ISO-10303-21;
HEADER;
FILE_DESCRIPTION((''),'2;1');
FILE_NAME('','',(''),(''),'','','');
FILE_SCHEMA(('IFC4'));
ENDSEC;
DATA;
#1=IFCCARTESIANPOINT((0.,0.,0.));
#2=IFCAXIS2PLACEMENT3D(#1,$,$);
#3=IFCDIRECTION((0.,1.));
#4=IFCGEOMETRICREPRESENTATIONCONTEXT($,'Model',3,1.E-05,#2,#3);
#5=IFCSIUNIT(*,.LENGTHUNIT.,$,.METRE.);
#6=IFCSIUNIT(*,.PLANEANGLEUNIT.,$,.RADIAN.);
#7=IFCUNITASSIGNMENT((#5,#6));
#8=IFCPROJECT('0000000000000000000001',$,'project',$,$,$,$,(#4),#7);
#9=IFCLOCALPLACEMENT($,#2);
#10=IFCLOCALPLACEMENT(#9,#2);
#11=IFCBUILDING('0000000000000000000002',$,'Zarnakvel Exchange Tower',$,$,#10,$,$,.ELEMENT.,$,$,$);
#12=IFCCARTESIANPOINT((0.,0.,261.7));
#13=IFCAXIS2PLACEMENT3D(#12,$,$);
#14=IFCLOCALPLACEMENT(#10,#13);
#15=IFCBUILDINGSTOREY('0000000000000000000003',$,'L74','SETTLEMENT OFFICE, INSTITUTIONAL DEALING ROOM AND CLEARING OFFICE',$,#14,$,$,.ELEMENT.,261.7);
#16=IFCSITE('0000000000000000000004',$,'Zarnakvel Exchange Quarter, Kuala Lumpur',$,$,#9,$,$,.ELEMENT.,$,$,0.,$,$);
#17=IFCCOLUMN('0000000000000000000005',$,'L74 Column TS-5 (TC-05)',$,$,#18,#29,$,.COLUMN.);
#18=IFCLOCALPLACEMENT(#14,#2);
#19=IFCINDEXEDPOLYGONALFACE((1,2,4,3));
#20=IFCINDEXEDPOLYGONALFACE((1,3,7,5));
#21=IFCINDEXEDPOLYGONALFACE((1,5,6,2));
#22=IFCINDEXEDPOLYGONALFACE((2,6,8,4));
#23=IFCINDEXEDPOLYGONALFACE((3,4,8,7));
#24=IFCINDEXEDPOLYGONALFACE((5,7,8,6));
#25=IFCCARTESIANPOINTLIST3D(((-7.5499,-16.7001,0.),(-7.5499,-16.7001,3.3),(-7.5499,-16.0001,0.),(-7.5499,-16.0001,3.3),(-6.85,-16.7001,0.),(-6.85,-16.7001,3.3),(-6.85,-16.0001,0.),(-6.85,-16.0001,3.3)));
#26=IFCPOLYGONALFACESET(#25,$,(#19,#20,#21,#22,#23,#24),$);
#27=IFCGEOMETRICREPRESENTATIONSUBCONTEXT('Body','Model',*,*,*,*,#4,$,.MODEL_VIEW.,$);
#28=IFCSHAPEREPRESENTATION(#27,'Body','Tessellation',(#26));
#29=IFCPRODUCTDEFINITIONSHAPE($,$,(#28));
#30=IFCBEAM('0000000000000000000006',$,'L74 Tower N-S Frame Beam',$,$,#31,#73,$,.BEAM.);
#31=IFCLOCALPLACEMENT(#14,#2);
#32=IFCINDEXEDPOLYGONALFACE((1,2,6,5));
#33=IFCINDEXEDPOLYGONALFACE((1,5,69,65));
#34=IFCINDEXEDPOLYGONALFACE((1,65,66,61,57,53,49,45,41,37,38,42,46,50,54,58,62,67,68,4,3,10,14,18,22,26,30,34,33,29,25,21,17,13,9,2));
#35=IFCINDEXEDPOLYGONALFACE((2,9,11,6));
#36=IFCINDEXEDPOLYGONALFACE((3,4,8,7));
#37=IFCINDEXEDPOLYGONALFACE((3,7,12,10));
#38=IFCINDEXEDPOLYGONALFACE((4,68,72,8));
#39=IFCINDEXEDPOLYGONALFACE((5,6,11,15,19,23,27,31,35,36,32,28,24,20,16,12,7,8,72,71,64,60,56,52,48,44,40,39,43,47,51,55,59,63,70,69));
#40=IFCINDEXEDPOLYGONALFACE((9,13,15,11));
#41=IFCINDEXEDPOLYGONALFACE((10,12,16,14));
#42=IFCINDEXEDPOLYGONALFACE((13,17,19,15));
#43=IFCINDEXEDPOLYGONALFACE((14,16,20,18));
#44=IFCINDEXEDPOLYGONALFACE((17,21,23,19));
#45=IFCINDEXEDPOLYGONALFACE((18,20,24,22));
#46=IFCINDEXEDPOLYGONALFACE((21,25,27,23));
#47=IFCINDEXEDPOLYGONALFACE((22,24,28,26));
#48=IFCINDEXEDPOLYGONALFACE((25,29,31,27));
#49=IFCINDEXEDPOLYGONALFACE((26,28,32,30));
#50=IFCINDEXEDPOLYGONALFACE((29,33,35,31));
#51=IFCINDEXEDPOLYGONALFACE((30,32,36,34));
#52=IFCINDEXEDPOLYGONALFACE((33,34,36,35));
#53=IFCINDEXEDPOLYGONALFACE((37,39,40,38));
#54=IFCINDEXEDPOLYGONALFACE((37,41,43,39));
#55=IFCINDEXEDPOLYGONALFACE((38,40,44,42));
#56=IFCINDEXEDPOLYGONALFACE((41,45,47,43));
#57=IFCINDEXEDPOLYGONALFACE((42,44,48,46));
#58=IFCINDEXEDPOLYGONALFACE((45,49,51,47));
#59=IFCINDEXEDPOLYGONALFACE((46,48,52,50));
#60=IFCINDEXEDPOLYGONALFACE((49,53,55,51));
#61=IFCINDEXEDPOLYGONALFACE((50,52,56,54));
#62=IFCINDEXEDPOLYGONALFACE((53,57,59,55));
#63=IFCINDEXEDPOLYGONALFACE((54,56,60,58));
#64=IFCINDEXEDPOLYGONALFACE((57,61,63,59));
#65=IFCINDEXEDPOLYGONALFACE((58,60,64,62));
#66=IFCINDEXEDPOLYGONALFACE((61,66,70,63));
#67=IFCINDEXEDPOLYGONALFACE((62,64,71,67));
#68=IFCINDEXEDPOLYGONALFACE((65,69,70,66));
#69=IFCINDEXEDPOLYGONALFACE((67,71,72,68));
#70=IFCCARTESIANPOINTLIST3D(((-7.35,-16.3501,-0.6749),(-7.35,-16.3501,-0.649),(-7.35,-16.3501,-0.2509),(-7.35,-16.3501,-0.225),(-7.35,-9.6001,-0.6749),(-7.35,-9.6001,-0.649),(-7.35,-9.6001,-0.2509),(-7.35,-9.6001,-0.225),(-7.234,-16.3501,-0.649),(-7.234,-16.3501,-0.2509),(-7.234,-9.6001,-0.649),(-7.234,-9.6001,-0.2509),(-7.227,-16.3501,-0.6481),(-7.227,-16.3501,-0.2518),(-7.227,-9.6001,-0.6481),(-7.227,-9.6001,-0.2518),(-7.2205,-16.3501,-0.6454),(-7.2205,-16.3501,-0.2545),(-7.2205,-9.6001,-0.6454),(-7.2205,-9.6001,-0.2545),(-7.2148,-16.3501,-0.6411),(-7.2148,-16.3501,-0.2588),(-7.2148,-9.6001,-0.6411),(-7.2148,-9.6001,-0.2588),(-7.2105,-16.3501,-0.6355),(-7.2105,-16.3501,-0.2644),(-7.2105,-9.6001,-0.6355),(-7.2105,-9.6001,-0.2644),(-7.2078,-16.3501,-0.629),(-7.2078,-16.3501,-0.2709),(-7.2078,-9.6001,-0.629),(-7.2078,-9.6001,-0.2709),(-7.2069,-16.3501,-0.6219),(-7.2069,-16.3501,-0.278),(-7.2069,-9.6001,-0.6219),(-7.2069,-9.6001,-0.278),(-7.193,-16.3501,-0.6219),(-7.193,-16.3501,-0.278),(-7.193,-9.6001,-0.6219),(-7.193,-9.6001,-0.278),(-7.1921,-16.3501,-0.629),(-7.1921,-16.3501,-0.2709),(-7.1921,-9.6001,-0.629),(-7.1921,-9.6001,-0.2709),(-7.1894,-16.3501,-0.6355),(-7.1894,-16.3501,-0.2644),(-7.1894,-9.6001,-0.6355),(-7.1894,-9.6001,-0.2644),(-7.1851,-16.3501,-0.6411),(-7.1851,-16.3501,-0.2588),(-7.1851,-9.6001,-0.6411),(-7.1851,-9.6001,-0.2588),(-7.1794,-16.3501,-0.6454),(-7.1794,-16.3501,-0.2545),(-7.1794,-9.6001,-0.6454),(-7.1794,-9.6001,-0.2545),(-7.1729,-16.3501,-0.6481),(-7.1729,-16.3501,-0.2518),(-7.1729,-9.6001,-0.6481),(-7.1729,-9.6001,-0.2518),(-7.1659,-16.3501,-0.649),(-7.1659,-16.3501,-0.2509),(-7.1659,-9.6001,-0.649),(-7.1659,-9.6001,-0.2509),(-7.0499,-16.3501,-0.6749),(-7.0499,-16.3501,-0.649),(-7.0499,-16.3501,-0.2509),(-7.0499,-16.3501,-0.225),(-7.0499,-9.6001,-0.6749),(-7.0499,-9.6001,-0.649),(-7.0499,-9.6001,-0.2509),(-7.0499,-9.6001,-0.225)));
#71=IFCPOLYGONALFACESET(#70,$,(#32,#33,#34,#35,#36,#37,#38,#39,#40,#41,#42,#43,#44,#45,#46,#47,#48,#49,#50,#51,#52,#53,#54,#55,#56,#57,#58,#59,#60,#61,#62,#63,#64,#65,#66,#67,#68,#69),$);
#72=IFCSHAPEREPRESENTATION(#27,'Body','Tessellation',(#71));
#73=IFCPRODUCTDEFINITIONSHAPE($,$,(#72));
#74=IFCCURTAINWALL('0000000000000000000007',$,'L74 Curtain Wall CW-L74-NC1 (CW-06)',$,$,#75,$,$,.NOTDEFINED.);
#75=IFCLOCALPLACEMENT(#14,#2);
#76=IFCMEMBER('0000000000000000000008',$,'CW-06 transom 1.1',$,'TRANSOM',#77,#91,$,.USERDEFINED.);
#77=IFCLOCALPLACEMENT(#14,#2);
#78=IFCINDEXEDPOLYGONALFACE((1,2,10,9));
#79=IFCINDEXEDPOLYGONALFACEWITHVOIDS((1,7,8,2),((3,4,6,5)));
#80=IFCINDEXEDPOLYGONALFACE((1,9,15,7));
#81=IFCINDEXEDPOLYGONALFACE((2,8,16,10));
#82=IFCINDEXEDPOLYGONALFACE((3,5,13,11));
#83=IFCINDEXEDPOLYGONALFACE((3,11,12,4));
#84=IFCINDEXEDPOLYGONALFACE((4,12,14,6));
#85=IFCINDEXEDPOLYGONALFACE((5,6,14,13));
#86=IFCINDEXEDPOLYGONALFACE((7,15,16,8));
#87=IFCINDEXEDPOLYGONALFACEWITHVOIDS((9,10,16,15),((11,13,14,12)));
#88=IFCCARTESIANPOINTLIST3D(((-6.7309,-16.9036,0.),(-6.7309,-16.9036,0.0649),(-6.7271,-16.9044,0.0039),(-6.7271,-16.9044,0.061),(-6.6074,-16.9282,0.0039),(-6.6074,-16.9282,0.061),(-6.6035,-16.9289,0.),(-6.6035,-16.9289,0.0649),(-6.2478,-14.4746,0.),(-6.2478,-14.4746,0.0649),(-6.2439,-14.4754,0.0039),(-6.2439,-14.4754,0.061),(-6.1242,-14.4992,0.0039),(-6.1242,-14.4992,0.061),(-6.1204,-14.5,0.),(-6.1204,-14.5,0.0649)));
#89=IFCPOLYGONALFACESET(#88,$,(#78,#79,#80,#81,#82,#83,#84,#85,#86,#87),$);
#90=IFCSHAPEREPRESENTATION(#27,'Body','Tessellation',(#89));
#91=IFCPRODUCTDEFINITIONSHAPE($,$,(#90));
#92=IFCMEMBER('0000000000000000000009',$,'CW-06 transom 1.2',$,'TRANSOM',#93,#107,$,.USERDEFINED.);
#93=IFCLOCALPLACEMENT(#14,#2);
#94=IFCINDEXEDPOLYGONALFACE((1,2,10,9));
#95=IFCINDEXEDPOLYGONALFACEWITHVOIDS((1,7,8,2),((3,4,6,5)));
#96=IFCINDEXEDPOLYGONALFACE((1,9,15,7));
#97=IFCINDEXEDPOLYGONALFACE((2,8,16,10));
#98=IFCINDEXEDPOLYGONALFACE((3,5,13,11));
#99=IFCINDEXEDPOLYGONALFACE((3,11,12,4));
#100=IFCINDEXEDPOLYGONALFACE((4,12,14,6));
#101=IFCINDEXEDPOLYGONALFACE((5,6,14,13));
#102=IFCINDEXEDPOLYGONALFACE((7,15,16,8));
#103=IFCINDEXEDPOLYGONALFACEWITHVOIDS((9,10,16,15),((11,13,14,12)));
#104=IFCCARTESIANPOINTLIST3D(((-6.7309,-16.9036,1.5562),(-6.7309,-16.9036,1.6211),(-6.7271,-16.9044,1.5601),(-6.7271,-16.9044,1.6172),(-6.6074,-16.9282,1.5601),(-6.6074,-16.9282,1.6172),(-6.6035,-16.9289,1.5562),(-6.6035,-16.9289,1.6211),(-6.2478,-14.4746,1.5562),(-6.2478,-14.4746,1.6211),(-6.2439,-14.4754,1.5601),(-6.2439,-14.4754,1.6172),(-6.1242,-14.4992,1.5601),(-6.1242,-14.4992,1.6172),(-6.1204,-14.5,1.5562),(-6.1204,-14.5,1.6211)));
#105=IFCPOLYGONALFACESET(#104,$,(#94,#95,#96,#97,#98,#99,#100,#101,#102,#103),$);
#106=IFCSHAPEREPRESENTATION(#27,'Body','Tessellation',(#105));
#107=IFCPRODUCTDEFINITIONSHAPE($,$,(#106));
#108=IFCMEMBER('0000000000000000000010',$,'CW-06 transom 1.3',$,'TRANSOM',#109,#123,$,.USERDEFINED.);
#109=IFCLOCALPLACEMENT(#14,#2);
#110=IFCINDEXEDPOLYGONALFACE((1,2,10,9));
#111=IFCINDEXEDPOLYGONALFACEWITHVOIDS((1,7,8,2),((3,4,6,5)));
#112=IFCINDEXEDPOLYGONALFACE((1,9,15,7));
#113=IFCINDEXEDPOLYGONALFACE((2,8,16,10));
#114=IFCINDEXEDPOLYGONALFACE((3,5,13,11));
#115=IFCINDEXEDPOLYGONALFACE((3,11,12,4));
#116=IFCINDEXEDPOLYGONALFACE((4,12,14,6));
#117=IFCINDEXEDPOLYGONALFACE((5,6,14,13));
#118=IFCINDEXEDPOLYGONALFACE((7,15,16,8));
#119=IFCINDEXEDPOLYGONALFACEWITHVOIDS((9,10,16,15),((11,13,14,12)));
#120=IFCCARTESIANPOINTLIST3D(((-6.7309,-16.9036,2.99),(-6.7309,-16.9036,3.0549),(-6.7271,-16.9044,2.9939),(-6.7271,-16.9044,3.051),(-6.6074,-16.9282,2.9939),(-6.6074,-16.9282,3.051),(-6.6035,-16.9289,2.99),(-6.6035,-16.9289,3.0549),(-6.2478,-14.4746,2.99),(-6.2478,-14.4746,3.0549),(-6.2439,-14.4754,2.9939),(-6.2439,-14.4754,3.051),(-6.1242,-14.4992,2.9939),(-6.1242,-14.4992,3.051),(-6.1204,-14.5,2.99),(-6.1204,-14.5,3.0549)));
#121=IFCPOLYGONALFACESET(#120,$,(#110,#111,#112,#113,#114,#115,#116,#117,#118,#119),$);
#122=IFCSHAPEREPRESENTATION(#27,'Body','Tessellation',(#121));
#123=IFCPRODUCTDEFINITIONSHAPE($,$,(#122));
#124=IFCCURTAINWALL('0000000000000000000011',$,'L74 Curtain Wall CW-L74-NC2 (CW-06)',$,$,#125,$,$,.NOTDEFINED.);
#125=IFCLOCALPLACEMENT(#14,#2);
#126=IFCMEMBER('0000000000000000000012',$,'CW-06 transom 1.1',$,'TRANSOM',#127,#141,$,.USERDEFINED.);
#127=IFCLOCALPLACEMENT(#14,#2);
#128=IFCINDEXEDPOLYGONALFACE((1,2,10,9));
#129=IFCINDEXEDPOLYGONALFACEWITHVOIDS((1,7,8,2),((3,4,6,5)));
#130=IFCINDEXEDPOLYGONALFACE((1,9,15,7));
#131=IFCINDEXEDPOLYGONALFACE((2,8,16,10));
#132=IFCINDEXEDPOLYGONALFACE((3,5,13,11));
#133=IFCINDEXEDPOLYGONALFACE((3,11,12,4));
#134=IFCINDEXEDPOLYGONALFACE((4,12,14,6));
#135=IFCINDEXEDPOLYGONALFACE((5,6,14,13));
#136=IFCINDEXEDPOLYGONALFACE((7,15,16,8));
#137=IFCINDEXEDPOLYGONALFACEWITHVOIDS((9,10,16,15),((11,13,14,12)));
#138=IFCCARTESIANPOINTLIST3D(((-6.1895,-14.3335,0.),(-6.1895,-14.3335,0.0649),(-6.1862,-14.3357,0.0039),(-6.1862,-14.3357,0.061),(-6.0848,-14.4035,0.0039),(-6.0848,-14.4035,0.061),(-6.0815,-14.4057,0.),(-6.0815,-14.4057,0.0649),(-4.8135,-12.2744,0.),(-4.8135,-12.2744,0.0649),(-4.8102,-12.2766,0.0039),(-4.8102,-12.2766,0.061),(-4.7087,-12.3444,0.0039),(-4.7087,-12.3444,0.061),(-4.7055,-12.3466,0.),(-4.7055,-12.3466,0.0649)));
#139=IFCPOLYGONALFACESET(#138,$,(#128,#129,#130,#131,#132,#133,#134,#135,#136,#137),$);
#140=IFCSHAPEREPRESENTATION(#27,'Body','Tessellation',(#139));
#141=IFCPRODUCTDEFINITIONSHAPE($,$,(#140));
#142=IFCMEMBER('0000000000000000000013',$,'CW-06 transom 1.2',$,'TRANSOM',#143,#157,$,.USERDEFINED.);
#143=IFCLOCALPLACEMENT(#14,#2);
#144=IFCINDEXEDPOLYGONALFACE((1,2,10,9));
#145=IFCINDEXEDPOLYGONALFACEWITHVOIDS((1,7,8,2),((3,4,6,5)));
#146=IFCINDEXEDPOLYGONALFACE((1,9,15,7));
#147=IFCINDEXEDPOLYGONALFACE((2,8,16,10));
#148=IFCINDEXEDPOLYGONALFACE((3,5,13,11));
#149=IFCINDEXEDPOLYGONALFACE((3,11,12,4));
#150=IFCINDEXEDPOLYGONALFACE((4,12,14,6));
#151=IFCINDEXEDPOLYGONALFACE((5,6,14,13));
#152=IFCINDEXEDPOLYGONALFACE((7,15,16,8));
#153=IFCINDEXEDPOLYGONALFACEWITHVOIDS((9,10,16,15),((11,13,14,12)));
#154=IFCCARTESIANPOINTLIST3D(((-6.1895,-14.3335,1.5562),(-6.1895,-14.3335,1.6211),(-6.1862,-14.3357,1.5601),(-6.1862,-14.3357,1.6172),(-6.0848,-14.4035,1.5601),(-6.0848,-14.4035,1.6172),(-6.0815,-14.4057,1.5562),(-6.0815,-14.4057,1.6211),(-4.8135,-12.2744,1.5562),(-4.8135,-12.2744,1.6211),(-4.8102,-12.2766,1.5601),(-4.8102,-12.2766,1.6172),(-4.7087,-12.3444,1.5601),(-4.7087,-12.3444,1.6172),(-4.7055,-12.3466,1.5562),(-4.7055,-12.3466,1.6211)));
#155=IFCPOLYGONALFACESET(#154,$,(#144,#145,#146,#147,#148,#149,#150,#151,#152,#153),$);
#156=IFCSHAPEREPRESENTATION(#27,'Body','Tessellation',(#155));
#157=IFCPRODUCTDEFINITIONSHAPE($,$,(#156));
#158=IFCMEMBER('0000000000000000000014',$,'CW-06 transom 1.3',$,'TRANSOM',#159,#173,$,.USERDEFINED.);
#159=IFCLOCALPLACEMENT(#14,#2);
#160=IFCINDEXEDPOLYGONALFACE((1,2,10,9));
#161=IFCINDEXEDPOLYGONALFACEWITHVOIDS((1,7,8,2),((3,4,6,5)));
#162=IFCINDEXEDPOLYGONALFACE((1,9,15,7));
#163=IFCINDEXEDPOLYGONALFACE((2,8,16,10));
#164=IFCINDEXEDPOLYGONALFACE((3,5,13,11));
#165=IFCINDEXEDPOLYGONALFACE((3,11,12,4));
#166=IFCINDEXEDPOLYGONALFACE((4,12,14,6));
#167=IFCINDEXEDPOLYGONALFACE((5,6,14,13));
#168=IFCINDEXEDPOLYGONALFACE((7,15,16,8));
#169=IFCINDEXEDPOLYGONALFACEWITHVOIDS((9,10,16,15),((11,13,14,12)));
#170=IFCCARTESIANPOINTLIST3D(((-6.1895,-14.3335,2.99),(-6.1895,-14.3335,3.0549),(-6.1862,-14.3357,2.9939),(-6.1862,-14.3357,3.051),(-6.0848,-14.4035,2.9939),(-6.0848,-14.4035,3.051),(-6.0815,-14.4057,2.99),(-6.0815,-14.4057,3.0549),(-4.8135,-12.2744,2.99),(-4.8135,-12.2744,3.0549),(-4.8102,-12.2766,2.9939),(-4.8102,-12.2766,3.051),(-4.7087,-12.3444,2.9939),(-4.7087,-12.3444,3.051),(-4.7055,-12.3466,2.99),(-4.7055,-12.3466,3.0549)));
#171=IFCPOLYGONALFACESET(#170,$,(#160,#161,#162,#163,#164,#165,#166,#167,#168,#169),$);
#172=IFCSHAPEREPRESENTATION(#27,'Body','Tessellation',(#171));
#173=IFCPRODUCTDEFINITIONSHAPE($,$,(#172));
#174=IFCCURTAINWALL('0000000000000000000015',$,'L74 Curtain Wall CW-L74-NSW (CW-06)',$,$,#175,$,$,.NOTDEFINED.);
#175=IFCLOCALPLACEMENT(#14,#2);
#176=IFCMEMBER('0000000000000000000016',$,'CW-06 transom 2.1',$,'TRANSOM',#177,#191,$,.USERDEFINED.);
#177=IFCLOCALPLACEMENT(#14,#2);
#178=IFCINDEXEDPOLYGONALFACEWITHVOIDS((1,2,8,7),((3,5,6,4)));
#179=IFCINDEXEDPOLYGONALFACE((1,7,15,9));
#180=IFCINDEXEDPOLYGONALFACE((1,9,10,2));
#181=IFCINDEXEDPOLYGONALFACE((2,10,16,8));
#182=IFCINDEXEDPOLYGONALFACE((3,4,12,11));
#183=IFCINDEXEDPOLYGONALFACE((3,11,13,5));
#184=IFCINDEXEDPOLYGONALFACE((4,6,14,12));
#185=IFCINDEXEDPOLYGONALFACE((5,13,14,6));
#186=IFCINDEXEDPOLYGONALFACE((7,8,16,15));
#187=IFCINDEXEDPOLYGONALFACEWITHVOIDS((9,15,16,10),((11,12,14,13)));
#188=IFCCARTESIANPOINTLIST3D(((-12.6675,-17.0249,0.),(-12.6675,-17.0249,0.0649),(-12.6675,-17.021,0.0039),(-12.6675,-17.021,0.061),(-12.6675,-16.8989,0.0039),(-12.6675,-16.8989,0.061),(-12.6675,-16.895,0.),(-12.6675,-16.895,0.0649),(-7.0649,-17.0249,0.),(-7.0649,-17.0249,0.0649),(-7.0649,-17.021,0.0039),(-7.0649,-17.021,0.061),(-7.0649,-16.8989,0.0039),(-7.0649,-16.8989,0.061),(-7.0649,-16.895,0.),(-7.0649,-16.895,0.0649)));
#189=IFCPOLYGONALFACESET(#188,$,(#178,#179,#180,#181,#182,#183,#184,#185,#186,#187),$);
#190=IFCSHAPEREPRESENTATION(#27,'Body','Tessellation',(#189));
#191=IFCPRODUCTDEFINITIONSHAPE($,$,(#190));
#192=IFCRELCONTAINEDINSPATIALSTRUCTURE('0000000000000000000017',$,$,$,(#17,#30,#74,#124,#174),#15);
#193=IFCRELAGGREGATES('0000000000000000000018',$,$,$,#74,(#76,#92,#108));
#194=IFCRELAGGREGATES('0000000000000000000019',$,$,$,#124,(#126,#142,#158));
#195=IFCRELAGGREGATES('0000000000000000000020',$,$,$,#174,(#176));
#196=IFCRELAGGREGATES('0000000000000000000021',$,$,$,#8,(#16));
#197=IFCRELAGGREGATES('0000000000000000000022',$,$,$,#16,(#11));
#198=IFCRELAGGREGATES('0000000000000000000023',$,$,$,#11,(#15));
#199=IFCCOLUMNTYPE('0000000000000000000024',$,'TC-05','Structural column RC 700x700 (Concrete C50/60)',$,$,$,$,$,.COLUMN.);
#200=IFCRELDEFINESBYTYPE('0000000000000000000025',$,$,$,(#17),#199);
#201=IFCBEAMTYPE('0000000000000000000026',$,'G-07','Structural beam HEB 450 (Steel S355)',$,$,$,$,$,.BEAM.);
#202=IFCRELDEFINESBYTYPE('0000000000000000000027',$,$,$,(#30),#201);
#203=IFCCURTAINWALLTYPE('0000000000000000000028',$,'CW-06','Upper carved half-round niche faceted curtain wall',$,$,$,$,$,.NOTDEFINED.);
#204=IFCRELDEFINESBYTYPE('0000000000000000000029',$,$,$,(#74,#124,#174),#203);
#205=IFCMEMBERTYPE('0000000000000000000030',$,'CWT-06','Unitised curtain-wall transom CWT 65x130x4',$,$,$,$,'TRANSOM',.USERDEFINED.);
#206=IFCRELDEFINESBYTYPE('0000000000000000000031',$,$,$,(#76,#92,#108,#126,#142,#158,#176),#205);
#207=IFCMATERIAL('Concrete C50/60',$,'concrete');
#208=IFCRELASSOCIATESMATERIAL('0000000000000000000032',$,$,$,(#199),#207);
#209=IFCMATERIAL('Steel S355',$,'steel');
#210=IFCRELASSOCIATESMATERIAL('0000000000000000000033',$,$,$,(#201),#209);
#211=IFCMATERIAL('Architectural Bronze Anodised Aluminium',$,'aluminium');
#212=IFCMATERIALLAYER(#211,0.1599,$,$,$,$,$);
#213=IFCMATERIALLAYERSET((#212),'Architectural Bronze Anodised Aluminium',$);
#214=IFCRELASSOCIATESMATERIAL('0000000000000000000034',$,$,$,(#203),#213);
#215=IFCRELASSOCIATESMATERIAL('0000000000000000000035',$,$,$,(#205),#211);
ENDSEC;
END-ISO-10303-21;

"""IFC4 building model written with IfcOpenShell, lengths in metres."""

from ifc_helpers import new_model, si_unit, direction, frame, origin, origin_2d, place, context, subcontext, project, spatial, rectangle, hollow_rectangle, i_section, extrude, source, transform, mapped, material, layer, layer_set, material_profile, profile_set, type_object, element, aggregate, save


model = new_model("IFC4")

# Units and contexts
model_context = context("Model", 3, precision=1e-05, world=origin(), true_north=direction((0.0, 1.0)))
body_context = subcontext(model_context, "Body", "Model", "MODEL_VIEW")
ifc_project = project(units=[si_unit("LENGTHUNIT", "METRE"), si_unit("PLANEANGLEUNIT", "RADIAN")], contexts=[model_context])

# Site, building, storey
site_placement = place(None, origin())
site = spatial("IfcSite", under=ifc_project, at=site_placement, Name="Zarnakvel Exchange Quarter, Kuala Lumpur", CompositionType="ELEMENT", RefElevation=0.0)
building_placement = place(site_placement, origin())
building = spatial("IfcBuilding", under=site, at=building_placement, Name="Zarnakvel Exchange Tower", CompositionType="ELEMENT")
storey_placement = place(building_placement, frame((0.0, 0.0, 261.7)))
storey = spatial("IfcBuildingStorey", under=building, at=storey_placement, Name="L74", Description="SETTLEMENT OFFICE, INSTITUTIONAL DEALING ROOM AND CLEARING OFFICE", CompositionType="ELEMENT", Elevation=261.7)

# Column
ifc_material_1 = material(Name="Concrete C50/60", Category="concrete")
ifc_material_profile_1 = material_profile(ifc_material_1, rectangle(XDim=0.7, YDim=0.7, at=origin_2d()))
ifc_profile_set_1 = profile_set([ifc_material_profile_1], Name="Concrete C50/60")
column_type = type_object("IfcColumnType", Name="TC-05", Description="Structural column RC 700x700 (Concrete C50/60)", PredefinedType="COLUMN", material=ifc_profile_set_1)
column_placement = place(storey_placement, frame((-7.2, -16.3501, 0.0), z_axis=(0.0, 0.0, 1.0), x_axis=(1.0, 0.0, 0.0)))
element("IfcColumn", 1, at=column_placement, inside=storey, type_object=column_type, Name="L74 Column TS-5 (TC-05)", PredefinedType="COLUMN", context=body_context, shape_type="SweptSolid", body=[
    extrude(rectangle(XDim=0.7, YDim=0.7, at=origin_2d()), origin(), (0.0, 0.0, 1.0), 3.3),
])

# Beam
ifc_material_2 = material(Name="Steel S355", Category="steel")
ifc_material_profile_2 = material_profile(ifc_material_2, i_section(OverallWidth=0.3, OverallDepth=0.45, WebThickness=0.0139, FlangeThickness=0.0259, FilletRadius=0.0271, at=origin_2d()))
ifc_profile_set_2 = profile_set([ifc_material_profile_2], Name="Steel S355")
beam_type = type_object("IfcBeamType", Name="G-07", Description="Structural beam HEB 450 (Steel S355)", PredefinedType="BEAM", material=ifc_profile_set_2)
beam_placement = place(storey_placement, frame((-7.2, -16.3501, -0.45), z_axis=(0.0, 1.0, 0.0), x_axis=(-1.0, 0.0, 0.0)))
element("IfcBeam", 2, at=beam_placement, inside=storey, type_object=beam_type, Name="L74 Tower N-S Frame Beam", PredefinedType="BEAM", context=body_context, shape_type="SweptSolid", body=[
    extrude(i_section(OverallWidth=0.3, OverallDepth=0.45, WebThickness=0.0139, FlangeThickness=0.0259, FilletRadius=0.0271, at=origin_2d()), origin(), (0.0, 0.0, 1.0), 6.75),
])

# Curtain walls, members
ifc_material_3 = material(Name="Architectural Bronze Anodised Aluminium", Category="aluminium")
ifc_layer_1 = layer(ifc_material_3, 0.1599)
ifc_layer_set_1 = layer_set([ifc_layer_1], Name="Architectural Bronze Anodised Aluminium")
curtain_wall_type = type_object("IfcCurtainWallType", Name="CW-06", Description="Upper carved half-round niche faceted curtain wall", PredefinedType="NOTDEFINED", material=ifc_layer_set_1)
curtain_wall_1_placement = place(storey_placement, origin())
curtain_wall_1 = element("IfcCurtainWall", 3, at=curtain_wall_1_placement, inside=storey, type_object=curtain_wall_type, Name="L74 Curtain Wall CW-L74-NC1 (CW-06)", PredefinedType="NOTDEFINED")
ifc_material_profile_3 = material_profile(ifc_material_3, hollow_rectangle(XDim=0.1299, YDim=0.0649, WallThickness=0.0039, at=origin_2d()))
ifc_profile_set_3 = profile_set([ifc_material_profile_3], Name="Architectural Bronze Anodised Aluminium")
member_type_1 = type_object("IfcMemberType", Name="CWT-06", Description="Unitised curtain-wall transom CWT 65x130x4", ElementType="TRANSOM", PredefinedType="USERDEFINED", material=ifc_profile_set_3)
shared_shape_1 = source(origin(), body_context, "Body", "SweptSolid", [
    extrude(hollow_rectangle(XDim=0.1299, YDim=0.0649, WallThickness=0.0039, at=origin_2d()), origin(), (0.0, 0.0, 1.0), 2.4766),
])
member_1_placement = place(storey_placement, frame((-6.6672, -16.9163, 0.0325), z_axis=(0.195092, 0.980785, 0.0), x_axis=(-0.980785, 0.195092, 0.0)))
member_1 = element("IfcMember", 4, at=member_1_placement, type_object=member_type_1, Name="CW-06 transom 1.1", ObjectType="TRANSOM", PredefinedType="USERDEFINED", context=body_context, shape_type="MappedRepresentation", body=[
    mapped(shared_shape_1, transform((0.0, 0.0, 0.0), x_axis=(1.0, 0.0, 0.0), y_axis=(0.0, 1.0, 0.0), z_axis=(0.0, 0.0, 1.0), scale=1.0)),
])
member_2_placement = place(storey_placement, frame((-6.6672, -16.9163, 1.5886), z_axis=(0.195092, 0.980785, 0.0), x_axis=(-0.980785, 0.195092, 0.0)))
member_2 = element("IfcMember", 5, at=member_2_placement, type_object=member_type_1, Name="CW-06 transom 1.2", ObjectType="TRANSOM", PredefinedType="USERDEFINED", context=body_context, shape_type="MappedRepresentation", body=[
    mapped(shared_shape_1, transform((0.0, 0.0, 0.0), x_axis=(1.0, 0.0, 0.0), y_axis=(0.0, 1.0, 0.0), z_axis=(0.0, 0.0, 1.0), scale=1.0)),
])
member_3_placement = place(storey_placement, frame((-6.6672, -16.9163, 3.0225), z_axis=(0.195092, 0.980785, 0.0), x_axis=(-0.980785, 0.195092, 0.0)))
member_3 = element("IfcMember", 6, at=member_3_placement, type_object=member_type_1, Name="CW-06 transom 1.3", ObjectType="TRANSOM", PredefinedType="USERDEFINED", context=body_context, shape_type="MappedRepresentation", body=[
    mapped(shared_shape_1, transform((0.0, 0.0, 0.0), x_axis=(1.0, 0.0, 0.0), y_axis=(0.0, 1.0, 0.0), z_axis=(0.0, 0.0, 1.0), scale=1.0)),
])
curtain_wall_2_placement = place(storey_placement, origin())
curtain_wall_2 = element("IfcCurtainWall", 7, at=curtain_wall_2_placement, inside=storey, type_object=curtain_wall_type, Name="L74 Curtain Wall CW-L74-NC2 (CW-06)", PredefinedType="NOTDEFINED")
member_4_placement = place(storey_placement, frame((-6.1355, -14.3696, 0.0325), z_axis=(0.55561, 0.831443, 0.0), x_axis=(-0.831443, 0.55561, 0.0)))
member_4 = element("IfcMember", 8, at=member_4_placement, type_object=member_type_1, Name="CW-06 transom 1.1", ObjectType="TRANSOM", PredefinedType="USERDEFINED", context=body_context, shape_type="MappedRepresentation", body=[
    mapped(shared_shape_1, transform((0.0, 0.0, 0.0), x_axis=(1.0, 0.0, 0.0), y_axis=(0.0, 1.0, 0.0), z_axis=(0.0, 0.0, 1.0), scale=1.0)),
])
member_5_placement = place(storey_placement, frame((-6.1355, -14.3696, 1.5886), z_axis=(0.55561, 0.831443, 0.0), x_axis=(-0.831443, 0.55561, 0.0)))
member_5 = element("IfcMember", 9, at=member_5_placement, type_object=member_type_1, Name="CW-06 transom 1.2", ObjectType="TRANSOM", PredefinedType="USERDEFINED", context=body_context, shape_type="MappedRepresentation", body=[
    mapped(shared_shape_1, transform((0.0, 0.0, 0.0), x_axis=(1.0, 0.0, 0.0), y_axis=(0.0, 1.0, 0.0), z_axis=(0.0, 0.0, 1.0), scale=1.0)),
])
member_6_placement = place(storey_placement, frame((-6.1355, -14.3696, 3.0225), z_axis=(0.55561, 0.831443, 0.0), x_axis=(-0.831443, 0.55561, 0.0)))
member_6 = element("IfcMember", 10, at=member_6_placement, type_object=member_type_1, Name="CW-06 transom 1.3", ObjectType="TRANSOM", PredefinedType="USERDEFINED", context=body_context, shape_type="MappedRepresentation", body=[
    mapped(shared_shape_1, transform((0.0, 0.0, 0.0), x_axis=(1.0, 0.0, 0.0), y_axis=(0.0, 1.0, 0.0), z_axis=(0.0, 0.0, 1.0), scale=1.0)),
])
curtain_wall_3_placement = place(storey_placement, origin())
curtain_wall_3 = element("IfcCurtainWall", 11, at=curtain_wall_3_placement, inside=storey, type_object=curtain_wall_type, Name="L74 Curtain Wall CW-L74-NSW (CW-06)", PredefinedType="NOTDEFINED")
shared_shape_2 = source(origin(), body_context, "Body", "SweptSolid", [
    extrude(hollow_rectangle(XDim=0.1299, YDim=0.0649, WallThickness=0.0039, at=origin_2d()), origin(), (0.0, 0.0, 1.0), 5.6025),
])
member_7_placement = place(storey_placement, frame((-12.6675, -16.96, 0.0325), z_axis=(1.0, 0.0, 0.0), x_axis=(0.0, 1.0, 0.0)))
member_7 = element("IfcMember", 12, at=member_7_placement, type_object=member_type_1, Name="CW-06 transom 2.1", ObjectType="TRANSOM", PredefinedType="USERDEFINED", context=body_context, shape_type="MappedRepresentation", body=[
    mapped(shared_shape_2, transform((0.0, 0.0, 0.0), x_axis=(1.0, 0.0, 0.0), y_axis=(0.0, 1.0, 0.0), z_axis=(0.0, 0.0, 1.0), scale=1.0)),
])

aggregate(curtain_wall_1, [member_1, member_2, member_3])
aggregate(curtain_wall_2, [member_4, member_5, member_6])
aggregate(curtain_wall_3, [member_7])

save(model, "model.ifc")
